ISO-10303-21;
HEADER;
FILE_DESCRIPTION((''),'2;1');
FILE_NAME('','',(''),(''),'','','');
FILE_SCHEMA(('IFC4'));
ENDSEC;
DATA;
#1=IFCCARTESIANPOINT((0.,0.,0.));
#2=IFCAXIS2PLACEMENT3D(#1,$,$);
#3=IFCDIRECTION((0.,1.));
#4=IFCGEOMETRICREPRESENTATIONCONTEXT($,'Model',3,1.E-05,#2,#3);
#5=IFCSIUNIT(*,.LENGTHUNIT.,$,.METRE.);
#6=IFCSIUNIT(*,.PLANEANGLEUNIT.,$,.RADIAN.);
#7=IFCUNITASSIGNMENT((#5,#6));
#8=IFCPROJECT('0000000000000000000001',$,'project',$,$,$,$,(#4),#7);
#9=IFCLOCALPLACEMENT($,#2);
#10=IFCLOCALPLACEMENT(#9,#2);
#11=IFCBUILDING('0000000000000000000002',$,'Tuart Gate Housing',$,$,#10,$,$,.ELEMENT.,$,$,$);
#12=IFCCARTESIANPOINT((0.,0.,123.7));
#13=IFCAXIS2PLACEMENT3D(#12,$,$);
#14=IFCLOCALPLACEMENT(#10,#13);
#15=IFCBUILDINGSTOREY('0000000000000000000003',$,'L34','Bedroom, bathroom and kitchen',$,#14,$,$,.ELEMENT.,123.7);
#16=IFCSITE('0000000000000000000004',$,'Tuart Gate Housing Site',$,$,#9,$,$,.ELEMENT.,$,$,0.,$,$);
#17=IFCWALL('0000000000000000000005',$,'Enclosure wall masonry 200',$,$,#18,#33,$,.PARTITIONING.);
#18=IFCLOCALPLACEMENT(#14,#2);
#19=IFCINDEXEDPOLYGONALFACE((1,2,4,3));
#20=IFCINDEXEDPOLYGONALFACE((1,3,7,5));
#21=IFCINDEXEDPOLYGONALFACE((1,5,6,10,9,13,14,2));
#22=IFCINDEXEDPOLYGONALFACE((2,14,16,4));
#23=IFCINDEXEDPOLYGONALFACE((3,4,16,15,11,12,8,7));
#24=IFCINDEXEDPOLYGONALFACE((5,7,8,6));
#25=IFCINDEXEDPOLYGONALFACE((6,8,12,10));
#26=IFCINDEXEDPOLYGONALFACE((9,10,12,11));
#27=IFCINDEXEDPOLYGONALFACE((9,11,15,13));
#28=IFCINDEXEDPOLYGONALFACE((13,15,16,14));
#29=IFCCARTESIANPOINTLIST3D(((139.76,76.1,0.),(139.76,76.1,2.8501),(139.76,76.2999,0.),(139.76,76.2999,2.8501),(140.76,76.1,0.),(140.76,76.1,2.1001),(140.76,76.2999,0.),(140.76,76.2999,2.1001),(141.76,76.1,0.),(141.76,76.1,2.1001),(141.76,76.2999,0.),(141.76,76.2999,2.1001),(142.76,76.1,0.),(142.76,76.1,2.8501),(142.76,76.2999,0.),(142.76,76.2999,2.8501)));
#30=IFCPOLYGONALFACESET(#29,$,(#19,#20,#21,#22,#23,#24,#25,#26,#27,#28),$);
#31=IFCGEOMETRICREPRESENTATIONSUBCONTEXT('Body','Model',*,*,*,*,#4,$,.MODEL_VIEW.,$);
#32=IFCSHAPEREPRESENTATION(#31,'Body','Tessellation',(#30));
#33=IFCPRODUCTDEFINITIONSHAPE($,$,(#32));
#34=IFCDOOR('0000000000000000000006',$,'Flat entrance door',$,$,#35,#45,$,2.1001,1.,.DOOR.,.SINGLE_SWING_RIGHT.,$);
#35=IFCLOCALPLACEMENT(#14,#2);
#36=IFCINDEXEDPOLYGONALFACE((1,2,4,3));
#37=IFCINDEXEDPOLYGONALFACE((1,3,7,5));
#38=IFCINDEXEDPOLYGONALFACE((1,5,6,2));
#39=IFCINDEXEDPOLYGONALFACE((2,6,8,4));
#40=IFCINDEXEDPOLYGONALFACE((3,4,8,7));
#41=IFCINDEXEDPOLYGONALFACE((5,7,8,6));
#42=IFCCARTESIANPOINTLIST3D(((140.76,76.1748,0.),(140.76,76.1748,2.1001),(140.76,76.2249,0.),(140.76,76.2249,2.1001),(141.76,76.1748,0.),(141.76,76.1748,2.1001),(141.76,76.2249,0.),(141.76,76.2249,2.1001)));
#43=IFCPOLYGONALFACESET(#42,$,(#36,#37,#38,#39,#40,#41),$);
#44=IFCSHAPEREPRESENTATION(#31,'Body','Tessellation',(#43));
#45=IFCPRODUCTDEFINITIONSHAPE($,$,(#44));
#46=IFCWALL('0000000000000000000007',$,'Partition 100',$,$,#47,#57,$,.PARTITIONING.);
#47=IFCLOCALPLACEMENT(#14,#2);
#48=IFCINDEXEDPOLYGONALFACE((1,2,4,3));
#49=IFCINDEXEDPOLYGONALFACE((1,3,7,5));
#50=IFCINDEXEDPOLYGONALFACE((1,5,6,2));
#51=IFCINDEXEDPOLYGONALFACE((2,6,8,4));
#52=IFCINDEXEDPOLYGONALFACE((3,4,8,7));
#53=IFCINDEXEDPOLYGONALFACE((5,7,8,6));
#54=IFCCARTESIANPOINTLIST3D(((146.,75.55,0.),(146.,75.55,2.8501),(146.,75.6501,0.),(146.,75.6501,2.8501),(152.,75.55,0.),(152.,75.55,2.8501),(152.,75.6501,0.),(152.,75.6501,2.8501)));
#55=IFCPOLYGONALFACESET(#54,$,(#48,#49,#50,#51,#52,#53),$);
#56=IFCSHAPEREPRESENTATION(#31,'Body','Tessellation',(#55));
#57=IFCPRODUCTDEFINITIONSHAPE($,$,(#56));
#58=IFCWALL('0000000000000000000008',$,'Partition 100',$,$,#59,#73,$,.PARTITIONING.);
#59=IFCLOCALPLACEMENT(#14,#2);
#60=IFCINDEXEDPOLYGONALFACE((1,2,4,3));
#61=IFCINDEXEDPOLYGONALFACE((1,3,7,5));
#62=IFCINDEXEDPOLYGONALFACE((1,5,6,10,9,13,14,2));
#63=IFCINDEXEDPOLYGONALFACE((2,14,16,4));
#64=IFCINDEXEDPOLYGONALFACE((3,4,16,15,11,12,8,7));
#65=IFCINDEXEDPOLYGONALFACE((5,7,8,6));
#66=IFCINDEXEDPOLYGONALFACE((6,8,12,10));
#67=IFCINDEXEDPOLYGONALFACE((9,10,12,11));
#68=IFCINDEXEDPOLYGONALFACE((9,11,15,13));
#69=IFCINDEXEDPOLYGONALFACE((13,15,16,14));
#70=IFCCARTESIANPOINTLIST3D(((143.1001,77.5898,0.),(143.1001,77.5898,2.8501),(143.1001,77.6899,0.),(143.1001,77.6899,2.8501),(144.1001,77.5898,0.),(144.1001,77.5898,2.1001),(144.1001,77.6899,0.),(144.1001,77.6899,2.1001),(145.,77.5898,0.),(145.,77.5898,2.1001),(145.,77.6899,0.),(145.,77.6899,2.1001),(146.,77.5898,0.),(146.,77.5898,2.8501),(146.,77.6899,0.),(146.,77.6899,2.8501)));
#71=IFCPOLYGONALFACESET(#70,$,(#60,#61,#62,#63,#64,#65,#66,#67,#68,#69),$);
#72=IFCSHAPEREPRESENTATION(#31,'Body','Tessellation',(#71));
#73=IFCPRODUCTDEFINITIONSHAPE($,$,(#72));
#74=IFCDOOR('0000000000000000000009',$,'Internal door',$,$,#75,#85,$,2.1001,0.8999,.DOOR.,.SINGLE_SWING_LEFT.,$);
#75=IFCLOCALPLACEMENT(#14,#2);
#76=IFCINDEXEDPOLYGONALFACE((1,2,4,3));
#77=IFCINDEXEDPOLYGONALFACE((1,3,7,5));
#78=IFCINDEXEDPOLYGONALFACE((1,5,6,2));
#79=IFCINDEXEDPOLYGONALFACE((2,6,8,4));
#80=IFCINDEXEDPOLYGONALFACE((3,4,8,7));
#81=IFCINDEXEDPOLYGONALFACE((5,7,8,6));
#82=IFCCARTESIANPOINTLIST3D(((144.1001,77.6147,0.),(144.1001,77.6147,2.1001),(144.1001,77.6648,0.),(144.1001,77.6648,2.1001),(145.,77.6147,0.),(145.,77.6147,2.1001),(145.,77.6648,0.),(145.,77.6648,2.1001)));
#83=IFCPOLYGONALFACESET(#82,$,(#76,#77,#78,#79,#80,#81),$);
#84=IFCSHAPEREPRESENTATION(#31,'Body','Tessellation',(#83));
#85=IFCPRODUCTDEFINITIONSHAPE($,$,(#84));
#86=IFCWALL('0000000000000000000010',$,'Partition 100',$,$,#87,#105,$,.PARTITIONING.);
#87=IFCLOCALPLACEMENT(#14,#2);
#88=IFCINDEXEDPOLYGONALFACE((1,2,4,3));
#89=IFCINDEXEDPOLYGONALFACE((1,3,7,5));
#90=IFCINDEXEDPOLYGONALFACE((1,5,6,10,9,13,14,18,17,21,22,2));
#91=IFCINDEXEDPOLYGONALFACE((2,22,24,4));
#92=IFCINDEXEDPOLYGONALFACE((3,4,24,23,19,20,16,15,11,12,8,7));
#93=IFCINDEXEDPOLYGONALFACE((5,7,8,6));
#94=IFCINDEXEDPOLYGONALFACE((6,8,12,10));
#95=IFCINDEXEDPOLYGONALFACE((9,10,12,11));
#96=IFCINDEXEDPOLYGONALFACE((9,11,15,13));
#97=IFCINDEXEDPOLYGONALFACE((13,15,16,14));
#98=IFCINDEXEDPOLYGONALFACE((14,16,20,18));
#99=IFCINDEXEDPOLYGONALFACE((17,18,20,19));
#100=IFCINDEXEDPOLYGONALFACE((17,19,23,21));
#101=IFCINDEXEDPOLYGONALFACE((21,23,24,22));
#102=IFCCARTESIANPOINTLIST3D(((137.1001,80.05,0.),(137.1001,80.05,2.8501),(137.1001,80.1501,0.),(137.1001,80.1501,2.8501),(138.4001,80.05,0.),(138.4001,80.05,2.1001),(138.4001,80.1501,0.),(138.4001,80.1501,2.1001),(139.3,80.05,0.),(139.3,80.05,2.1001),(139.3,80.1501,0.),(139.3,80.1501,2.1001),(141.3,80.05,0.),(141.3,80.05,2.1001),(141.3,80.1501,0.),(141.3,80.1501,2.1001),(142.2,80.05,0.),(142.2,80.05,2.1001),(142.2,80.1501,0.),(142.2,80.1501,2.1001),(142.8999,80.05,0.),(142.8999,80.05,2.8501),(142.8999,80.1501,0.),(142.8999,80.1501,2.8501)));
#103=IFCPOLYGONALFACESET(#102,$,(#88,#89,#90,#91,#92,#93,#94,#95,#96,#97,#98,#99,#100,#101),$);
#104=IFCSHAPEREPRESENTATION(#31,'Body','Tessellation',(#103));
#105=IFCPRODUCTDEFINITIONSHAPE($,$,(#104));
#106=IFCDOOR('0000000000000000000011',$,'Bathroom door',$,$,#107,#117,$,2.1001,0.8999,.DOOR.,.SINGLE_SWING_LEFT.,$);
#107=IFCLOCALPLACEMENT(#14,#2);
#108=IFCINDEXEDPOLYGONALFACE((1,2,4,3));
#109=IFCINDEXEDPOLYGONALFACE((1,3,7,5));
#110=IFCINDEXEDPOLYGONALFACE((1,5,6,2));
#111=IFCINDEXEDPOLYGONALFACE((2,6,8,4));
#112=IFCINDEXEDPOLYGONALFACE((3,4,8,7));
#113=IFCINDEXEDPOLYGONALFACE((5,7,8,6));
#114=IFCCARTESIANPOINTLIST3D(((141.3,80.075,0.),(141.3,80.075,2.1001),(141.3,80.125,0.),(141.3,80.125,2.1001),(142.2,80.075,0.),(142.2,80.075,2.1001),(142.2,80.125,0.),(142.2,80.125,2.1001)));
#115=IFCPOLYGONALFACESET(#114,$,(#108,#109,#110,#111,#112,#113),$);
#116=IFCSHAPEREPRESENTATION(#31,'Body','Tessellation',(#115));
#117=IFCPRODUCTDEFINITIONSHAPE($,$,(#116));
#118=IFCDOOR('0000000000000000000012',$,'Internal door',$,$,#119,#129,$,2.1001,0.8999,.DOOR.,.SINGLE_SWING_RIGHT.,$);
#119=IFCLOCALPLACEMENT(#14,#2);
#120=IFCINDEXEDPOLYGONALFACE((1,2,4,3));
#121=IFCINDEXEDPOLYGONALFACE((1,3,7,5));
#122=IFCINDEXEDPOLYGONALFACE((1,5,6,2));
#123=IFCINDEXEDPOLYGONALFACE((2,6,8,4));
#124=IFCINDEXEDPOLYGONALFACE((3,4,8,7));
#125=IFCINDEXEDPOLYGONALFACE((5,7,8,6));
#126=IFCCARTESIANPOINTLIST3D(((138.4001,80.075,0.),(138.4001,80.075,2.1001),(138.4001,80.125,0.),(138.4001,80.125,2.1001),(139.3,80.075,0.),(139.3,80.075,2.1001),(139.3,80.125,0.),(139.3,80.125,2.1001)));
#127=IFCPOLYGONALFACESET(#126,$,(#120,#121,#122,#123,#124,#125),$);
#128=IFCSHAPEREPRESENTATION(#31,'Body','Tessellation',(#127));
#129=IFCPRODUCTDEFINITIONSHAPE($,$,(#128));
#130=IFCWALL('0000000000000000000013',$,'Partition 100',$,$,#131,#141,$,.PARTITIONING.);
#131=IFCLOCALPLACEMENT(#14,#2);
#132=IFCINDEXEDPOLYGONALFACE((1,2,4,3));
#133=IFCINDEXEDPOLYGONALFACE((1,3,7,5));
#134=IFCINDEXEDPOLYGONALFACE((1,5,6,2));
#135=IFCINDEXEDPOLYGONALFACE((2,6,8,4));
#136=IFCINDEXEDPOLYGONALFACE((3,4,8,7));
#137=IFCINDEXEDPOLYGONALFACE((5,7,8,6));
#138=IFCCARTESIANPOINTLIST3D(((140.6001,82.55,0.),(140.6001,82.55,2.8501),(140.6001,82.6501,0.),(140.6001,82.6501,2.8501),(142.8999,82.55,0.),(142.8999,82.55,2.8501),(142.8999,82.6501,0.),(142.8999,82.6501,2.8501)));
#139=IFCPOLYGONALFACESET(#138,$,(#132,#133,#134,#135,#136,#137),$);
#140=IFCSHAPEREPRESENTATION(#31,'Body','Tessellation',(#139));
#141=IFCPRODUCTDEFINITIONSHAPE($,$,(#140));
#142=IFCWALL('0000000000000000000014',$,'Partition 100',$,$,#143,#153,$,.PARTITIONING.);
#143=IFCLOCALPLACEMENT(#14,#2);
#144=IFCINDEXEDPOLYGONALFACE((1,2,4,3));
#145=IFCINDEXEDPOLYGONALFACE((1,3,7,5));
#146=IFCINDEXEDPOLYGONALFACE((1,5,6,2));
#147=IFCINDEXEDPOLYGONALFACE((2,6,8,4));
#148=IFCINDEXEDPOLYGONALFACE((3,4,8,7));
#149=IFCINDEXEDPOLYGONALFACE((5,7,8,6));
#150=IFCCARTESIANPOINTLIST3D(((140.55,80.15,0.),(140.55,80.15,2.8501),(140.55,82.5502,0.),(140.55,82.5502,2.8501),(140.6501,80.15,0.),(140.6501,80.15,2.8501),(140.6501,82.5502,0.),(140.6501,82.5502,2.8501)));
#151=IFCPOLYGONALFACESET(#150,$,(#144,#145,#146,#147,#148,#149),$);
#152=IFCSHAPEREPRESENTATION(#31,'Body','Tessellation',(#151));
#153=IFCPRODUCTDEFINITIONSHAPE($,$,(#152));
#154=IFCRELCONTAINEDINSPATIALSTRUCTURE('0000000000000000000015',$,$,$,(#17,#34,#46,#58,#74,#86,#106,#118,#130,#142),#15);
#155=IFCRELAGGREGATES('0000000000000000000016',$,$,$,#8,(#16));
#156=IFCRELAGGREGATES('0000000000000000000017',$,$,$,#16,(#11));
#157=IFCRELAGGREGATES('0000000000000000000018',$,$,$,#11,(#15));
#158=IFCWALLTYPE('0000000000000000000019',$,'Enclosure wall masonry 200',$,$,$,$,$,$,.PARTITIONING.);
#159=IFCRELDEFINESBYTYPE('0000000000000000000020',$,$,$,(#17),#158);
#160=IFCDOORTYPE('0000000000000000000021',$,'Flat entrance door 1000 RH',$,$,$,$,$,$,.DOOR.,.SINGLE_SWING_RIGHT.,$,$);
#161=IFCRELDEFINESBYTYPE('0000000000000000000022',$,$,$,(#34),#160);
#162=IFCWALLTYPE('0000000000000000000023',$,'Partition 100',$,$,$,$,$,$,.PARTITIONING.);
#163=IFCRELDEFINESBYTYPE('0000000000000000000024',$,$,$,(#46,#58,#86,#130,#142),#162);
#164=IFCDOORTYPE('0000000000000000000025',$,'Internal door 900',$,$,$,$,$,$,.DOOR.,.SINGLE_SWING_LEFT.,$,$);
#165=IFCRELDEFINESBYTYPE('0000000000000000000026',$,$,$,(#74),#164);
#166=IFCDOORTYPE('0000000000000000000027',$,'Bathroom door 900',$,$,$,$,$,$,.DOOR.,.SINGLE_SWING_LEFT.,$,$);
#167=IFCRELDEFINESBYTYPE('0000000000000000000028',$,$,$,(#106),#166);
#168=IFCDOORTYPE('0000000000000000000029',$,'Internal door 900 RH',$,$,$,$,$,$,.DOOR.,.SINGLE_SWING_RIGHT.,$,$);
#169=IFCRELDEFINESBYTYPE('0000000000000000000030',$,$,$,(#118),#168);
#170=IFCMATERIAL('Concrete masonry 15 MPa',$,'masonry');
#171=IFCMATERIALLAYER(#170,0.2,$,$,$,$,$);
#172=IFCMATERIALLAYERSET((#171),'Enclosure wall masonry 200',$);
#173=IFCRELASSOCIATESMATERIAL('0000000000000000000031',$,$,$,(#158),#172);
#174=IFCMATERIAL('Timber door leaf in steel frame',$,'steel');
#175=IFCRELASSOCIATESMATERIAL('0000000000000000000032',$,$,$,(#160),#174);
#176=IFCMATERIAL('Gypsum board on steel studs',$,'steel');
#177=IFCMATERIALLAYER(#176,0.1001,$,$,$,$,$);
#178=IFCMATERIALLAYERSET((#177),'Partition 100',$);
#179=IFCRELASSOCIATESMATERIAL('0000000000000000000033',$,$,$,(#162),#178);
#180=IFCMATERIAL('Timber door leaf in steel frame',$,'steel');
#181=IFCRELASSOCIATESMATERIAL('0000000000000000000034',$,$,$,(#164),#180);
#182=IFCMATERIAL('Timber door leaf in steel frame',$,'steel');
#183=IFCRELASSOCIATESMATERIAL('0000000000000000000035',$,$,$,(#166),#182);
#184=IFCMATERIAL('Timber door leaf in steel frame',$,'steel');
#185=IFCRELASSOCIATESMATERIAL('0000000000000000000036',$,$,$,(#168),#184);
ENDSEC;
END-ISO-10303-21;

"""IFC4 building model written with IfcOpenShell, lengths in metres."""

from ifc_helpers import new_model, si_unit, direction, frame, frame_2d, origin, place, context, subcontext, project, spatial, rectangle, extrude, material, layer, layer_set, type_object, element, fill, save


model = new_model("IFC4")

# Units and contexts
model_context = context("Model", 3, precision=1e-05, world=origin(), true_north=direction((0.0, 1.0)))
body_context = subcontext(model_context, "Body", "Model", "MODEL_VIEW")
ifc_project = project(units=[si_unit("LENGTHUNIT", "METRE"), si_unit("PLANEANGLEUNIT", "RADIAN")], contexts=[model_context])

# Site, building, storey
site_placement = place(None, origin())
site = spatial("IfcSite", under=ifc_project, at=site_placement, Name="Tuart Gate Housing Site", CompositionType="ELEMENT", RefElevation=0.0)
building_placement = place(site_placement, origin())
building = spatial("IfcBuilding", under=site, at=building_placement, Name="Tuart Gate Housing", CompositionType="ELEMENT")
storey_placement = place(building_placement, frame((0.0, 0.0, 123.7)))
storey = spatial("IfcBuildingStorey", under=building, at=storey_placement, Name="L34", Description="Bedroom, bathroom and kitchen", CompositionType="ELEMENT", Elevation=123.7)

# Wall, opening, door
ifc_material_1 = material(Name="Concrete masonry 15 MPa", Category="masonry")
ifc_layer_1 = layer(ifc_material_1, 0.2)
ifc_layer_set_1 = layer_set([ifc_layer_1], Name="Enclosure wall masonry 200")
wall_type_1 = type_object("IfcWallType", Name="Enclosure wall masonry 200", PredefinedType="PARTITIONING", material=ifc_layer_set_1)
wall_1_placement = place(storey_placement, frame((139.76, 76.2, 0.0), z_axis=(0.0, 0.0, 1.0), x_axis=(1.0, 0.0, 0.0)))
wall_1 = element("IfcWall", 1, at=wall_1_placement, inside=storey, type_object=wall_type_1, Name="Enclosure wall masonry 200", PredefinedType="PARTITIONING", context=body_context, shape_type="SweptSolid", body=[
    extrude(rectangle(XDim=3.0, YDim=0.2, at=frame_2d((1.5, 0.0))), origin(), (0.0, 0.0, 1.0), 2.8501),
])
opening_1_placement = place(wall_1_placement, frame((1.0, 0.0, 0.0)))
opening_1 = element("IfcOpeningElement", 2, at=opening_1_placement, cuts=wall_1, PredefinedType="OPENING", context=body_context, shape_type="SweptSolid", body=[
    extrude(rectangle(XDim=1.0, YDim=2.1001, at=frame_2d((0.5, 1.05))), frame((0.0, 0.1099, 0.0), z_axis=(0.0, -1.0, 0.0), x_axis=(1.0, 0.0, 0.0)), (0.0, 0.0, 1.0), 0.22),
])
ifc_material_2 = material(Name="Timber door leaf in steel frame", Category="steel")
door_type_1 = type_object("IfcDoorType", Name="Flat entrance door 1000 RH", OperationType="SINGLE_SWING_RIGHT", PredefinedType="DOOR", material=ifc_material_2)
door_1_placement = place(opening_1_placement, origin())
door_1 = element("IfcDoor", 3, at=door_1_placement, inside=storey, type_object=door_type_1, Name="Flat entrance door", OperationType="SINGLE_SWING_RIGHT", OverallHeight=2.1001, OverallWidth=1.0, PredefinedType="DOOR", context=body_context, shape_type="SweptSolid", body=[
    extrude(rectangle(XDim=1.0, YDim=2.1001, at=frame_2d((0.5, 1.05))), frame((0.0, 0.0249, 0.0), z_axis=(0.0, -1.0, 0.0), x_axis=(1.0, 0.0, 0.0)), (0.0, 0.0, 1.0), 0.05),
])
fill(opening_1, door_1)

# Wall
ifc_material_3 = material(Name="Gypsum board on steel studs", Category="steel")
ifc_layer_2 = layer(ifc_material_3, 0.1001)
ifc_layer_set_2 = layer_set([ifc_layer_2], Name="Partition 100")
wall_type_2 = type_object("IfcWallType", Name="Partition 100", PredefinedType="PARTITIONING", material=ifc_layer_set_2)
wall_2_placement = place(storey_placement, frame((146.0, 75.6001, 0.0), z_axis=(0.0, 0.0, 1.0), x_axis=(1.0, 0.0, 0.0)))
element("IfcWall", 4, at=wall_2_placement, inside=storey, type_object=wall_type_2, Name="Partition 100", PredefinedType="PARTITIONING", context=body_context, shape_type="SweptSolid", body=[
    extrude(rectangle(XDim=6.0, YDim=0.1001, at=frame_2d((3.0, 0.0))), origin(), (0.0, 0.0, 1.0), 2.8501),
])

# Wall, opening, door
wall_3_placement = place(storey_placement, frame((143.1001, 77.6399, 0.0), z_axis=(0.0, 0.0, 1.0), x_axis=(1.0, 0.0, 0.0)))
wall_3 = element("IfcWall", 5, at=wall_3_placement, inside=storey, type_object=wall_type_2, Name="Partition 100", PredefinedType="PARTITIONING", context=body_context, shape_type="SweptSolid", body=[
    extrude(rectangle(XDim=2.8999, YDim=0.1001, at=frame_2d((1.45, 0.0))), origin(), (0.0, 0.0, 1.0), 2.8501),
])
opening_2_placement = place(wall_3_placement, frame((1.0, 0.0, 0.0)))
opening_2 = element("IfcOpeningElement", 6, at=opening_2_placement, cuts=wall_3, PredefinedType="OPENING", context=body_context, shape_type="SweptSolid", body=[
    extrude(rectangle(XDim=0.8999, YDim=2.1001, at=frame_2d((0.45, 1.05))), frame((0.0, 0.0601, 0.0), z_axis=(0.0, -1.0, 0.0), x_axis=(1.0, 0.0, 0.0)), (0.0, 0.0, 1.0), 0.1201),
])
ifc_material_4 = material(Name="Timber door leaf in steel frame", Category="steel")
door_type_2 = type_object("IfcDoorType", Name="Internal door 900", OperationType="SINGLE_SWING_LEFT", PredefinedType="DOOR", material=ifc_material_4)
door_2_placement = place(opening_2_placement, frame((0.8999, 0.0, 0.0), z_axis=(0.0, 0.0, 1.0), x_axis=(-1.0, 0.0, 0.0)))
door_2 = element("IfcDoor", 7, at=door_2_placement, inside=storey, type_object=door_type_2, Name="Internal door", OperationType="SINGLE_SWING_LEFT", OverallHeight=2.1001, OverallWidth=0.8999, PredefinedType="DOOR", context=body_context, shape_type="SweptSolid", body=[
    extrude(rectangle(XDim=0.8999, YDim=2.1001, at=frame_2d((0.45, 1.05))), frame((0.0, 0.0251, 0.0), z_axis=(0.0, -1.0, 0.0), x_axis=(1.0, 0.0, 0.0)), (0.0, 0.0, 1.0), 0.05),
])
fill(opening_2, door_2)

# Wall, openings, doors
wall_4_placement = place(storey_placement, frame((137.1001, 80.1001, 0.0), z_axis=(0.0, 0.0, 1.0), x_axis=(1.0, 0.0, 0.0)))
wall_4 = element("IfcWall", 8, at=wall_4_placement, inside=storey, type_object=wall_type_2, Name="Partition 100", PredefinedType="PARTITIONING", context=body_context, shape_type="SweptSolid", body=[
    extrude(rectangle(XDim=5.7998, YDim=0.1001, at=frame_2d((2.8999, 0.0))), origin(), (0.0, 0.0, 1.0), 2.8501),
])
opening_3_placement = place(wall_4_placement, frame((1.3, 0.0, 0.0)))
opening_3 = element("IfcOpeningElement", 9, at=opening_3_placement, cuts=wall_4, PredefinedType="OPENING", context=body_context, shape_type="SweptSolid", body=[
    extrude(rectangle(XDim=0.8999, YDim=2.1001, at=frame_2d((0.45, 1.05))), frame((0.0, 0.0601, 0.0), z_axis=(0.0, -1.0, 0.0), x_axis=(1.0, 0.0, 0.0)), (0.0, 0.0, 1.0), 0.1201),
])
opening_4_placement = place(wall_4_placement, frame((4.2, 0.0, 0.0)))
opening_4 = element("IfcOpeningElement", 10, at=opening_4_placement, cuts=wall_4, PredefinedType="OPENING", context=body_context, shape_type="SweptSolid", body=[
    extrude(rectangle(XDim=0.8999, YDim=2.1001, at=frame_2d((0.45, 1.05))), frame((0.0, 0.0601, 0.0), z_axis=(0.0, -1.0, 0.0), x_axis=(1.0, 0.0, 0.0)), (0.0, 0.0, 1.0), 0.1201),
])
ifc_material_5 = material(Name="Timber door leaf in steel frame", Category="steel")
door_type_3 = type_object("IfcDoorType", Name="Bathroom door 900", OperationType="SINGLE_SWING_LEFT", PredefinedType="DOOR", material=ifc_material_5)
door_3_placement = place(opening_4_placement, origin())
door_3 = element("IfcDoor", 11, at=door_3_placement, inside=storey, type_object=door_type_3, Name="Bathroom door", OperationType="SINGLE_SWING_LEFT", OverallHeight=2.1001, OverallWidth=0.8999, PredefinedType="DOOR", context=body_context, shape_type="SweptSolid", body=[
    extrude(rectangle(XDim=0.8999, YDim=2.1001, at=frame_2d((0.45, 1.05))), frame((0.0, 0.0249, 0.0), z_axis=(0.0, -1.0, 0.0), x_axis=(1.0, 0.0, 0.0)), (0.0, 0.0, 1.0), 0.05),
])
fill(opening_4, door_3)
ifc_material_6 = material(Name="Timber door leaf in steel frame", Category="steel")
door_type_4 = type_object("IfcDoorType", Name="Internal door 900 RH", OperationType="SINGLE_SWING_RIGHT", PredefinedType="DOOR", material=ifc_material_6)
door_4_placement = place(opening_3_placement, frame((0.8999, 0.0, 0.0), z_axis=(0.0, 0.0, 1.0), x_axis=(-1.0, 0.0, 0.0)))
door_4 = element("IfcDoor", 12, at=door_4_placement, inside=storey, type_object=door_type_4, Name="Internal door", OperationType="SINGLE_SWING_RIGHT", OverallHeight=2.1001, OverallWidth=0.8999, PredefinedType="DOOR", context=body_context, shape_type="SweptSolid", body=[
    extrude(rectangle(XDim=0.8999, YDim=2.1001, at=frame_2d((0.45, 1.05))), frame((0.0, 0.0251, 0.0), z_axis=(0.0, -1.0, 0.0), x_axis=(1.0, 0.0, 0.0)), (0.0, 0.0, 1.0), 0.05),
])
fill(opening_3, door_4)

# Walls
wall_5_placement = place(storey_placement, frame((140.6001, 82.6001, 0.0), z_axis=(0.0, 0.0, 1.0), x_axis=(1.0, 0.0, 0.0)))
element("IfcWall", 13, at=wall_5_placement, inside=storey, type_object=wall_type_2, Name="Partition 100", PredefinedType="PARTITIONING", context=body_context, shape_type="SweptSolid", body=[
    extrude(rectangle(XDim=2.2998, YDim=0.1001, at=frame_2d((1.1499, 0.0))), origin(), (0.0, 0.0, 1.0), 2.8501),
])
wall_6_placement = place(storey_placement, frame((140.6001, 80.1499, 0.0), z_axis=(0.0, 0.0, 1.0), x_axis=(0.0, 1.0, 0.0)))
element("IfcWall", 14, at=wall_6_placement, inside=storey, type_object=wall_type_2, Name="Partition 100", PredefinedType="PARTITIONING", context=body_context, shape_type="SweptSolid", body=[
    extrude(rectangle(XDim=2.4001, YDim=0.1001, at=frame_2d((1.2002, 0.0))), origin(), (0.0, 0.0, 1.0), 2.8501),
])

save(model, "model.ifc")
